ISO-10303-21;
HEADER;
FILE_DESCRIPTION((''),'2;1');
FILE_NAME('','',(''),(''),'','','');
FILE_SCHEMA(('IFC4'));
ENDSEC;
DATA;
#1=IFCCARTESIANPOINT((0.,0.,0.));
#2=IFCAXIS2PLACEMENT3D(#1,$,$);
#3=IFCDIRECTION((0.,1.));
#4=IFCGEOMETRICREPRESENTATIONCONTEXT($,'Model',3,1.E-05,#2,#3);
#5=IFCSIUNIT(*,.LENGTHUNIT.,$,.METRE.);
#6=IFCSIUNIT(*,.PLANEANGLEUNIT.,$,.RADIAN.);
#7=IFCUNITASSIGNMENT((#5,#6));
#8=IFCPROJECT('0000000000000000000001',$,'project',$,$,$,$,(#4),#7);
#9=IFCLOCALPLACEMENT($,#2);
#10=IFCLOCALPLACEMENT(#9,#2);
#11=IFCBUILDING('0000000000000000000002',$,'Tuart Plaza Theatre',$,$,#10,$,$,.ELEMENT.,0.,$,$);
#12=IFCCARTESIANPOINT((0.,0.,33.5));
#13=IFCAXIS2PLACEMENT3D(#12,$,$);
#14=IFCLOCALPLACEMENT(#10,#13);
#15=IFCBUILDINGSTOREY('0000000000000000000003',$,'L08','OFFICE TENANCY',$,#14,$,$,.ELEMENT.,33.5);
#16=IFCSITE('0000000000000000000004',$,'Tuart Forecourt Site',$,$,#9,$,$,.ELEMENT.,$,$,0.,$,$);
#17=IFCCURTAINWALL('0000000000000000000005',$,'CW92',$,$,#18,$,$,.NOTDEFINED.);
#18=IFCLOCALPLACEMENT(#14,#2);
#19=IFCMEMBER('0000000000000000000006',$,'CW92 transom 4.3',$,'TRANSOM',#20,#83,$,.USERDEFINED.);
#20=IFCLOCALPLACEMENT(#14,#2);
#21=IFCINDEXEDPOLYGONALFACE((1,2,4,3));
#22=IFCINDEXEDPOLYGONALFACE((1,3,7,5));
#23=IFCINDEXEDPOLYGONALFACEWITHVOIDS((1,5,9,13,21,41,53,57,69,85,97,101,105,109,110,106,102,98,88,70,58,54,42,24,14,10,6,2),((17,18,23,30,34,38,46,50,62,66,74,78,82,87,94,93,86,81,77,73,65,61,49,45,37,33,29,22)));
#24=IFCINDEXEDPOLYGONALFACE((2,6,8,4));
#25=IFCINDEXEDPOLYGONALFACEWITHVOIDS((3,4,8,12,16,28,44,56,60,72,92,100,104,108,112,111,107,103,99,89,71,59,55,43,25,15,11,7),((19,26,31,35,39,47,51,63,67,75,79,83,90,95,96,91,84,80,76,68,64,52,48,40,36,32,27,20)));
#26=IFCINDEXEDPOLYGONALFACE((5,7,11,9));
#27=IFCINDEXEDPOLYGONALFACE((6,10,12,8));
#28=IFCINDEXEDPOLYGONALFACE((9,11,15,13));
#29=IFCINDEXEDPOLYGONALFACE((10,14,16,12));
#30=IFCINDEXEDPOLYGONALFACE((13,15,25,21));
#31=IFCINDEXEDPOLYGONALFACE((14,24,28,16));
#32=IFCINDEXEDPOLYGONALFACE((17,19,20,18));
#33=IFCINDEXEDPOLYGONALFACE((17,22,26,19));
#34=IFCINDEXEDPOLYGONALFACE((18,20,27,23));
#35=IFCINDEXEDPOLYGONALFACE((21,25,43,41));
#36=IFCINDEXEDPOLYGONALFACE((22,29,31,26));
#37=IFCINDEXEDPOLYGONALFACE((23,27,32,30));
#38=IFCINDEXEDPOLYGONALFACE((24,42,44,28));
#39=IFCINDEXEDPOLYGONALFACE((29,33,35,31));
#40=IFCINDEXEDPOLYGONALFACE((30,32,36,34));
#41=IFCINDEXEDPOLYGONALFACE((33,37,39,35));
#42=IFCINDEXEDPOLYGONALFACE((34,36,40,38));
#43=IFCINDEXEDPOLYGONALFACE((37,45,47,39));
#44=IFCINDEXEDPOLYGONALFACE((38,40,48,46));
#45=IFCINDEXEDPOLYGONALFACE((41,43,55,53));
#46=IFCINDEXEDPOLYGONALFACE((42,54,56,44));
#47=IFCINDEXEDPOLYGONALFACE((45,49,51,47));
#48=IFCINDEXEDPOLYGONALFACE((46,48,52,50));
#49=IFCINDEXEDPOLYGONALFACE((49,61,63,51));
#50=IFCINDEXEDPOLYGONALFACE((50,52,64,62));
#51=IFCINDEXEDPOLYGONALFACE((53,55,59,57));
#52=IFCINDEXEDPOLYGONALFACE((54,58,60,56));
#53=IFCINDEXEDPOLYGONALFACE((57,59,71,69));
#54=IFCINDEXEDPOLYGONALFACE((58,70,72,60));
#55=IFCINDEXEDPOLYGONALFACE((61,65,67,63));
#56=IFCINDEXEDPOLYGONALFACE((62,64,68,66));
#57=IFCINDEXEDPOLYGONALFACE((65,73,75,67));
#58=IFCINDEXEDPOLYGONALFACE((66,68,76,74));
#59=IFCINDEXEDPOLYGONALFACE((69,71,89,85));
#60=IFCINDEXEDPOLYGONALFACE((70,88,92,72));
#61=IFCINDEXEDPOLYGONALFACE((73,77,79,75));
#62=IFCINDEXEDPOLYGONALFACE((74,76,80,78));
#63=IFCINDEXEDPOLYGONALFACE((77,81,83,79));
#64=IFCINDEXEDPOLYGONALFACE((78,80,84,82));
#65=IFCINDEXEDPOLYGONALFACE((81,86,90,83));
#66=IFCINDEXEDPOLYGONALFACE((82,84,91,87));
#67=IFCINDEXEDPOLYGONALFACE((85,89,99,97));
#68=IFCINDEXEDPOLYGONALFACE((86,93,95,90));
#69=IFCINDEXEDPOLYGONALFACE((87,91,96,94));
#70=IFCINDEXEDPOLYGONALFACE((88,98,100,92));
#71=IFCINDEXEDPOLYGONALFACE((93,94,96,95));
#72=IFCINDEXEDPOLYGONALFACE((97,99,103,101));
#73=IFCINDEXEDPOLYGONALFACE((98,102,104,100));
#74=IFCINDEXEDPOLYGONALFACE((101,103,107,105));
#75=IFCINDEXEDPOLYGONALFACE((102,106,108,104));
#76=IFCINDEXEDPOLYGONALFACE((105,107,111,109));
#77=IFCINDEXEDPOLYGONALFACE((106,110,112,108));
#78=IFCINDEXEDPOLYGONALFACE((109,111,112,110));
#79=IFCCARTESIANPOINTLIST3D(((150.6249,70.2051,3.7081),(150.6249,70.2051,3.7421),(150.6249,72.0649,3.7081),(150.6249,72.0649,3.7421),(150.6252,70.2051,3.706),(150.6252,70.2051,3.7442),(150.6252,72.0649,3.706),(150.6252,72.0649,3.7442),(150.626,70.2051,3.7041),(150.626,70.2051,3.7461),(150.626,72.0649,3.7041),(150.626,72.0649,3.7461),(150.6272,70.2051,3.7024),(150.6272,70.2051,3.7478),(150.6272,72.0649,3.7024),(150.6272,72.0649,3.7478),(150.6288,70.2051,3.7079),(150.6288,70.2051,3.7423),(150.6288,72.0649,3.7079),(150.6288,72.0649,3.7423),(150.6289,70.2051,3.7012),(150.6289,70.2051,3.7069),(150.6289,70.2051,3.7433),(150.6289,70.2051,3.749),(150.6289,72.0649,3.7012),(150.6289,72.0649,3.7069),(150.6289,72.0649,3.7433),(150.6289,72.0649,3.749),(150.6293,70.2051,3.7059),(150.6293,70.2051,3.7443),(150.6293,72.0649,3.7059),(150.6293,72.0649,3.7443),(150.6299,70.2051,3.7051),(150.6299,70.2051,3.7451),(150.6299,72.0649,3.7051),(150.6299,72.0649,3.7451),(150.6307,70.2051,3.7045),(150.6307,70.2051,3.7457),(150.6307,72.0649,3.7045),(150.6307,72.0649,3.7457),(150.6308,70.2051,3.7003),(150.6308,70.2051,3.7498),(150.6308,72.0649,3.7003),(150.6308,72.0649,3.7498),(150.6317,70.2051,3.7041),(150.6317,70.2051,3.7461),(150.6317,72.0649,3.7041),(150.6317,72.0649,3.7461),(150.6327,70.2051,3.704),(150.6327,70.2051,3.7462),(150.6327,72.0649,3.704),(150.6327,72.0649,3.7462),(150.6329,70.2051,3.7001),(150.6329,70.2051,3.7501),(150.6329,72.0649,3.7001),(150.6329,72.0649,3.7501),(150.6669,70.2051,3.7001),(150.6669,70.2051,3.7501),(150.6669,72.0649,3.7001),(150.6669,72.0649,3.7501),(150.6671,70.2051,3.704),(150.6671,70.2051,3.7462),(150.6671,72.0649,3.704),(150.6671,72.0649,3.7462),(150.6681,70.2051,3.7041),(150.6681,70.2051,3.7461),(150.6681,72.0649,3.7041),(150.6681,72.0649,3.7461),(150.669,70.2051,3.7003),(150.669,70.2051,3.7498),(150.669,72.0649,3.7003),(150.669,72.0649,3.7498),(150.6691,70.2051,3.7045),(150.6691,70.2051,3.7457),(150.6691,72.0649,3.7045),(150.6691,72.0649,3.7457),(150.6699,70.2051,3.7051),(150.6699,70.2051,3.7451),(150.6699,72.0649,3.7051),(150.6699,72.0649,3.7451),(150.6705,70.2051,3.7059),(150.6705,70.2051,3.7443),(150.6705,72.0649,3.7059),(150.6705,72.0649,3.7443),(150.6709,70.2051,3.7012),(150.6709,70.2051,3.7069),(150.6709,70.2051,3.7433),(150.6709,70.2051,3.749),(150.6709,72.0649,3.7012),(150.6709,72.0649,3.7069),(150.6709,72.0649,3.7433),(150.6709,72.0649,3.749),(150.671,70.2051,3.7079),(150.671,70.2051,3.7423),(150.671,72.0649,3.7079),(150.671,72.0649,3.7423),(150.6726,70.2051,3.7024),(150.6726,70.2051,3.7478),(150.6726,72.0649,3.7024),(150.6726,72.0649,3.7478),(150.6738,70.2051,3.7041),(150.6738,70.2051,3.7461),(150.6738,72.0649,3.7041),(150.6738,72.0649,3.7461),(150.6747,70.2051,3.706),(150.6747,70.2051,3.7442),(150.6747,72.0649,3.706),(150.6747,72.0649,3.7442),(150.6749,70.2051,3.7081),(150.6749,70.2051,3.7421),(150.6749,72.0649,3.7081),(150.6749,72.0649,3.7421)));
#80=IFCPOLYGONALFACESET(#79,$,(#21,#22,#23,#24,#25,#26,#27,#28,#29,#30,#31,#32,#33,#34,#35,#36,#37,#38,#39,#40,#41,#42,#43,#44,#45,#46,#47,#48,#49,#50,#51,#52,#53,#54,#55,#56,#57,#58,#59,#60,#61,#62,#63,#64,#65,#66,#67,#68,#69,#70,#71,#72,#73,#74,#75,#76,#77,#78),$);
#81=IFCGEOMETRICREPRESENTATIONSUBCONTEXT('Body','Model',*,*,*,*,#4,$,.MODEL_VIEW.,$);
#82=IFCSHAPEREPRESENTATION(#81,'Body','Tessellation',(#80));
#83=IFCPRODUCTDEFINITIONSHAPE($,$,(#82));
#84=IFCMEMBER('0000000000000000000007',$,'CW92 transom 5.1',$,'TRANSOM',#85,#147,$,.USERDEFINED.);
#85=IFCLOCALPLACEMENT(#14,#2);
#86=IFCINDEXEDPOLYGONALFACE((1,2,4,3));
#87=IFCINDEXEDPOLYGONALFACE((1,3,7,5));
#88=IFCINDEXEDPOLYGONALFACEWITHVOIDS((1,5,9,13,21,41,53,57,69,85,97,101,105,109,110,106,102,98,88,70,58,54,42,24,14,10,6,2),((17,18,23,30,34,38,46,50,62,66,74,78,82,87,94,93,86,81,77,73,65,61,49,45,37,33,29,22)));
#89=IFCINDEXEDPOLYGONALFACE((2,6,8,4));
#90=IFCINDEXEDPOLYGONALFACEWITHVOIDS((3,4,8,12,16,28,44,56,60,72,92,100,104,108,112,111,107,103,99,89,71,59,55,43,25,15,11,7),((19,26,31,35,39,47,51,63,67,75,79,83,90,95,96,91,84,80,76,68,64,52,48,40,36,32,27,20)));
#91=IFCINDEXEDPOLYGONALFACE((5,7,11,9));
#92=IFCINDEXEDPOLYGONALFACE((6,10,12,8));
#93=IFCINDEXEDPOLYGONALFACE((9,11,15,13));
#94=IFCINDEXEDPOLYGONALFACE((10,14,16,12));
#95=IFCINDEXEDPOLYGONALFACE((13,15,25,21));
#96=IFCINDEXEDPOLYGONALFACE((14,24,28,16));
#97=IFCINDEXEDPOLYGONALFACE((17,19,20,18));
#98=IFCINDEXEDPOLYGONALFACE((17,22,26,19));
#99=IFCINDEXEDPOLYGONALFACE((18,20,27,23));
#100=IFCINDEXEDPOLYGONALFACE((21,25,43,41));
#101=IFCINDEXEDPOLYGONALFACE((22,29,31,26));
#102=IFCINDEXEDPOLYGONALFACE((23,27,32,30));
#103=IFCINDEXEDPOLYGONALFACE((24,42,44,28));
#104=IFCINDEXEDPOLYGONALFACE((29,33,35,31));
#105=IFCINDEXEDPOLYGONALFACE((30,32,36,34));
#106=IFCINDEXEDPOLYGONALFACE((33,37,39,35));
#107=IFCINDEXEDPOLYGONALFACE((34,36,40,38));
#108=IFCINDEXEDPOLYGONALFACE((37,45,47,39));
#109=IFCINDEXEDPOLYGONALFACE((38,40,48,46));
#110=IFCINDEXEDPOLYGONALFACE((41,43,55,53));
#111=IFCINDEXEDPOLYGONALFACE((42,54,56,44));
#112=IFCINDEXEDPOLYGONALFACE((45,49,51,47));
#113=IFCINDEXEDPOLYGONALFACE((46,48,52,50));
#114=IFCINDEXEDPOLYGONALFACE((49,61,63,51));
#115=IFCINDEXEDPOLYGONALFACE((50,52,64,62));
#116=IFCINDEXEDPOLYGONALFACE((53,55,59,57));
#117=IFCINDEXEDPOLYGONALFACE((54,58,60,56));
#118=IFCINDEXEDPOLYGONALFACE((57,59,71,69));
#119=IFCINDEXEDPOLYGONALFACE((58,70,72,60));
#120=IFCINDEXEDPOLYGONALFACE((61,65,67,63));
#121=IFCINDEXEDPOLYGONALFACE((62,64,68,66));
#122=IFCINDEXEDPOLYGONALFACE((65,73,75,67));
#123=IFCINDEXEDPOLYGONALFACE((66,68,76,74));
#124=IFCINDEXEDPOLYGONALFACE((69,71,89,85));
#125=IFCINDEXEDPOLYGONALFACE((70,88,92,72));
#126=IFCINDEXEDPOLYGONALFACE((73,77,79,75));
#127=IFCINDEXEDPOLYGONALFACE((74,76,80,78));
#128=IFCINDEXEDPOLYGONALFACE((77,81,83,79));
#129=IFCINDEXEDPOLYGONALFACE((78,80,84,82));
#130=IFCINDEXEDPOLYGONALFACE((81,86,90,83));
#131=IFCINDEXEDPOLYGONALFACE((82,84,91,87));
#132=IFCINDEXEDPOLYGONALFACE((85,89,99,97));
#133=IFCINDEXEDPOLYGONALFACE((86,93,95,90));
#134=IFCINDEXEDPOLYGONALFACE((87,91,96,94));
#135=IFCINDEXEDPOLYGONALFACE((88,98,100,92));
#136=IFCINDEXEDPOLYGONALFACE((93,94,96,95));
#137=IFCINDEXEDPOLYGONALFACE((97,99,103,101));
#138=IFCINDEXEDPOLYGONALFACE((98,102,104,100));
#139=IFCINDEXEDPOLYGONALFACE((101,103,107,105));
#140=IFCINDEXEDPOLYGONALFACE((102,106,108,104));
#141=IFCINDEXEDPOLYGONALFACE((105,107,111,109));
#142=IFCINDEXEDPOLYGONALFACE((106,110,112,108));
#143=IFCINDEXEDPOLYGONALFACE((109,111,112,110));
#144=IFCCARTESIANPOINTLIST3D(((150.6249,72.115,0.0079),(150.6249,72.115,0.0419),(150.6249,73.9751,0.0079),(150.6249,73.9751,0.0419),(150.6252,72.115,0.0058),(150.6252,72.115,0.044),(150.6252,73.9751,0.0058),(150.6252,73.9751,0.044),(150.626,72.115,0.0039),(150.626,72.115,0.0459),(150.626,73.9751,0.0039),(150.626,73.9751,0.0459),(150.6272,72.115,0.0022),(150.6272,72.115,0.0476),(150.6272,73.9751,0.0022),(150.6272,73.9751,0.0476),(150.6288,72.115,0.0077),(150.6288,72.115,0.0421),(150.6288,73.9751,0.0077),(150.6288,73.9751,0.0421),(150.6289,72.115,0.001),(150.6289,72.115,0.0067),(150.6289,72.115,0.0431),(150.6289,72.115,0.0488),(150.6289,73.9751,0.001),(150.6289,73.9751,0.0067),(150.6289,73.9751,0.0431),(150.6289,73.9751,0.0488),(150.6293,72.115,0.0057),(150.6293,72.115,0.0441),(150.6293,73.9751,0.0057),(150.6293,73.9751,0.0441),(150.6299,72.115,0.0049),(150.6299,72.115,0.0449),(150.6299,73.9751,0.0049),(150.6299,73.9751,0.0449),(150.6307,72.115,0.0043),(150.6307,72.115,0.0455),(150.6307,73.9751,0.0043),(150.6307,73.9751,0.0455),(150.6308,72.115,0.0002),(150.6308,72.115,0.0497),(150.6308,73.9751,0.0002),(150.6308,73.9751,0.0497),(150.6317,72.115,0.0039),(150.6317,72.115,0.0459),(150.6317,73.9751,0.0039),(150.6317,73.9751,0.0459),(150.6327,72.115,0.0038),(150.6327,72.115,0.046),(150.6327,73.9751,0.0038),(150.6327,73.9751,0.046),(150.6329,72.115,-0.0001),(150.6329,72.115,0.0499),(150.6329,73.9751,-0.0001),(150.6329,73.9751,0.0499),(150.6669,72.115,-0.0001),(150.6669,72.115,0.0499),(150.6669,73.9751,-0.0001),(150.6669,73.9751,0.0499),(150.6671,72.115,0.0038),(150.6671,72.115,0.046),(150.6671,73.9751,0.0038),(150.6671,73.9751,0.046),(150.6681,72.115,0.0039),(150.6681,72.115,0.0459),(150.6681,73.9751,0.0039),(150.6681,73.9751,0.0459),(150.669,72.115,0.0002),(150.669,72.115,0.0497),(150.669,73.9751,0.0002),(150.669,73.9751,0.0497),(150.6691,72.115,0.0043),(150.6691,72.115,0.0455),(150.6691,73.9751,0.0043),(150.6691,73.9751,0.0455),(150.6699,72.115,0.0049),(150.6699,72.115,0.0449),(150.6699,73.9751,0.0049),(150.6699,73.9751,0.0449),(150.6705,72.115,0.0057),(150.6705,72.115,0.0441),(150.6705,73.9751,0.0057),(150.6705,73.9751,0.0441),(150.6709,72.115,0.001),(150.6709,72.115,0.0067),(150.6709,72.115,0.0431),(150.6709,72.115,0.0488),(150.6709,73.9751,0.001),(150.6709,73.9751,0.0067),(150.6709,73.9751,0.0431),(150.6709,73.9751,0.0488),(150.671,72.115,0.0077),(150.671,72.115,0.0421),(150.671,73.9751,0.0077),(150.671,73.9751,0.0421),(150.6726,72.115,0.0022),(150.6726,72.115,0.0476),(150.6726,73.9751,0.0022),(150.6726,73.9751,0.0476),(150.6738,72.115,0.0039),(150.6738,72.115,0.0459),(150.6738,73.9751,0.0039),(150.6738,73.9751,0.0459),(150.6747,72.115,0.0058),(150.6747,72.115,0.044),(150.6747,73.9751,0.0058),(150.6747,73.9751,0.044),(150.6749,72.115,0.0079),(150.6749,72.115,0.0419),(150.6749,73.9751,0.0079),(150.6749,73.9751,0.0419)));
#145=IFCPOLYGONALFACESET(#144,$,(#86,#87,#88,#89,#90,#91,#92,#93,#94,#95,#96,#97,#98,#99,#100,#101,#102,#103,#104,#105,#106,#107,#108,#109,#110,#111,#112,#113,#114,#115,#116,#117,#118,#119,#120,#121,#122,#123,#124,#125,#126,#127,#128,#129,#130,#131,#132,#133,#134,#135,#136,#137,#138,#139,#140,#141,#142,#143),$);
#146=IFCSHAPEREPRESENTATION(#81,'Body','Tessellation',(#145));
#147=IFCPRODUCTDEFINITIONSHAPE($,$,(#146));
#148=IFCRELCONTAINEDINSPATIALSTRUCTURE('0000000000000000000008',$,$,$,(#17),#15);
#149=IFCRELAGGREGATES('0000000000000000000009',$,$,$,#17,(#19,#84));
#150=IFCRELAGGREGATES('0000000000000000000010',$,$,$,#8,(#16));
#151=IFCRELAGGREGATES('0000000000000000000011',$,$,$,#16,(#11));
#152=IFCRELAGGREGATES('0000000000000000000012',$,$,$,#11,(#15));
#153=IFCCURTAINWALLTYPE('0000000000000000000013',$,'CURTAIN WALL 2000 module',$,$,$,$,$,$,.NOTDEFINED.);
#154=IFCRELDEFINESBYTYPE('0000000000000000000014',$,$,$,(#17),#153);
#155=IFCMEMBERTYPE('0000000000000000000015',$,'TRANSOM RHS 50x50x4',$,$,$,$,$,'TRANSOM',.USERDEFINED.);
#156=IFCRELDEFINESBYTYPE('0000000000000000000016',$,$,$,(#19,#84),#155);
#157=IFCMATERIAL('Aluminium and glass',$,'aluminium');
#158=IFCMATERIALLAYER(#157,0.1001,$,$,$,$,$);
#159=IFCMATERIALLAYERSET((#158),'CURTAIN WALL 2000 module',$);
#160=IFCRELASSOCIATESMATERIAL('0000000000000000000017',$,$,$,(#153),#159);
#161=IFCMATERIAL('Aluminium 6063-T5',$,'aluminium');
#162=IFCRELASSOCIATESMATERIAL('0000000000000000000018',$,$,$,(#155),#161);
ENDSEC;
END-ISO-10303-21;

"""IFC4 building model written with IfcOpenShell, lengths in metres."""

from ifc_helpers import new_model, si_unit, direction, frame, origin, origin_2d, place, context, subcontext, project, spatial, hollow_rectangle, extrude, material, layer, layer_set, material_profile, profile_set, type_object, element, aggregate, save


model = new_model("IFC4")

# Units and contexts
model_context = context("Model", 3, precision=1e-05, world=origin(), true_north=direction((0.0, 1.0)))
body_context = subcontext(model_context, "Body", "Model", "MODEL_VIEW")
ifc_project = project(units=[si_unit("LENGTHUNIT", "METRE"), si_unit("PLANEANGLEUNIT", "RADIAN")], contexts=[model_context])

# Site, building, storey
site_placement = place(None, origin())
site = spatial("IfcSite", under=ifc_project, at=site_placement, Name="Tuart Forecourt Site", CompositionType="ELEMENT", RefElevation=0.0)
building_placement = place(site_placement, origin())
building = spatial("IfcBuilding", under=site, at=building_placement, Name="Tuart Plaza Theatre", CompositionType="ELEMENT", ElevationOfRefHeight=0.0)
storey_placement = place(building_placement, frame((0.0, 0.0, 33.5)))
storey = spatial("IfcBuildingStorey", under=building, at=storey_placement, Name="L08", Description="OFFICE TENANCY", CompositionType="ELEMENT", Elevation=33.5)

# Curtain wall, members
ifc_material_1 = material(Name="Aluminium and glass", Category="aluminium")
ifc_layer_1 = layer(ifc_material_1, 0.1001)
ifc_layer_set_1 = layer_set([ifc_layer_1], Name="CURTAIN WALL 2000 module")
curtain_wall_type = type_object("IfcCurtainWallType", Name="CURTAIN WALL 2000 module", PredefinedType="NOTDEFINED", material=ifc_layer_set_1)
curtain_wall_placement = place(storey_placement, origin())
curtain_wall = element("IfcCurtainWall", 1, at=curtain_wall_placement, inside=storey, type_object=curtain_wall_type, Name="CW92", PredefinedType="NOTDEFINED")
ifc_material_2 = material(Name="Aluminium 6063-T5", Category="aluminium")
ifc_material_profile_1 = material_profile(ifc_material_2, hollow_rectangle(XDim=0.05, YDim=0.05, WallThickness=0.0039, InnerFilletRadius=0.0039, OuterFilletRadius=0.0081, at=origin_2d()), Name="RHS 50x50x4")
ifc_profile_set_1 = profile_set([ifc_material_profile_1], Name="Aluminium 6063-T5")
member_type_1 = type_object("IfcMemberType", Name="TRANSOM RHS 50x50x4", ElementType="TRANSOM", PredefinedType="USERDEFINED", material=ifc_profile_set_1)
member_1_placement = place(storey_placement, frame((150.6499, 70.2051, 3.7251), z_axis=(0.0, 1.0, 0.0), x_axis=(-1.0, 0.0, 0.0)))
member_1 = element("IfcMember", 2, at=member_1_placement, type_object=member_type_1, Name="CW92 transom 4.3", ObjectType="TRANSOM", PredefinedType="USERDEFINED", context=body_context, shape_type="SweptSolid", body=[
    extrude(hollow_rectangle(XDim=0.05, YDim=0.05, WallThickness=0.0039, InnerFilletRadius=0.0039, OuterFilletRadius=0.0081, at=origin_2d()), origin(), (0.0, 0.0, 1.0), 1.8599),
])
member_2_placement = place(storey_placement, frame((150.6499, 72.115, 0.0249), z_axis=(0.0, 1.0, 0.0), x_axis=(-1.0, 0.0, 0.0)))
member_2 = element("IfcMember", 3, at=member_2_placement, type_object=member_type_1, Name="CW92 transom 5.1", ObjectType="TRANSOM", PredefinedType="USERDEFINED", context=body_context, shape_type="SweptSolid", body=[
    extrude(hollow_rectangle(XDim=0.05, YDim=0.05, WallThickness=0.0039, InnerFilletRadius=0.0039, OuterFilletRadius=0.0081, at=origin_2d()), origin(), (0.0, 0.0, 1.0), 1.8601),
])
aggregate(curtain_wall, [member_1, member_2])

save(model, "model.ifc")
